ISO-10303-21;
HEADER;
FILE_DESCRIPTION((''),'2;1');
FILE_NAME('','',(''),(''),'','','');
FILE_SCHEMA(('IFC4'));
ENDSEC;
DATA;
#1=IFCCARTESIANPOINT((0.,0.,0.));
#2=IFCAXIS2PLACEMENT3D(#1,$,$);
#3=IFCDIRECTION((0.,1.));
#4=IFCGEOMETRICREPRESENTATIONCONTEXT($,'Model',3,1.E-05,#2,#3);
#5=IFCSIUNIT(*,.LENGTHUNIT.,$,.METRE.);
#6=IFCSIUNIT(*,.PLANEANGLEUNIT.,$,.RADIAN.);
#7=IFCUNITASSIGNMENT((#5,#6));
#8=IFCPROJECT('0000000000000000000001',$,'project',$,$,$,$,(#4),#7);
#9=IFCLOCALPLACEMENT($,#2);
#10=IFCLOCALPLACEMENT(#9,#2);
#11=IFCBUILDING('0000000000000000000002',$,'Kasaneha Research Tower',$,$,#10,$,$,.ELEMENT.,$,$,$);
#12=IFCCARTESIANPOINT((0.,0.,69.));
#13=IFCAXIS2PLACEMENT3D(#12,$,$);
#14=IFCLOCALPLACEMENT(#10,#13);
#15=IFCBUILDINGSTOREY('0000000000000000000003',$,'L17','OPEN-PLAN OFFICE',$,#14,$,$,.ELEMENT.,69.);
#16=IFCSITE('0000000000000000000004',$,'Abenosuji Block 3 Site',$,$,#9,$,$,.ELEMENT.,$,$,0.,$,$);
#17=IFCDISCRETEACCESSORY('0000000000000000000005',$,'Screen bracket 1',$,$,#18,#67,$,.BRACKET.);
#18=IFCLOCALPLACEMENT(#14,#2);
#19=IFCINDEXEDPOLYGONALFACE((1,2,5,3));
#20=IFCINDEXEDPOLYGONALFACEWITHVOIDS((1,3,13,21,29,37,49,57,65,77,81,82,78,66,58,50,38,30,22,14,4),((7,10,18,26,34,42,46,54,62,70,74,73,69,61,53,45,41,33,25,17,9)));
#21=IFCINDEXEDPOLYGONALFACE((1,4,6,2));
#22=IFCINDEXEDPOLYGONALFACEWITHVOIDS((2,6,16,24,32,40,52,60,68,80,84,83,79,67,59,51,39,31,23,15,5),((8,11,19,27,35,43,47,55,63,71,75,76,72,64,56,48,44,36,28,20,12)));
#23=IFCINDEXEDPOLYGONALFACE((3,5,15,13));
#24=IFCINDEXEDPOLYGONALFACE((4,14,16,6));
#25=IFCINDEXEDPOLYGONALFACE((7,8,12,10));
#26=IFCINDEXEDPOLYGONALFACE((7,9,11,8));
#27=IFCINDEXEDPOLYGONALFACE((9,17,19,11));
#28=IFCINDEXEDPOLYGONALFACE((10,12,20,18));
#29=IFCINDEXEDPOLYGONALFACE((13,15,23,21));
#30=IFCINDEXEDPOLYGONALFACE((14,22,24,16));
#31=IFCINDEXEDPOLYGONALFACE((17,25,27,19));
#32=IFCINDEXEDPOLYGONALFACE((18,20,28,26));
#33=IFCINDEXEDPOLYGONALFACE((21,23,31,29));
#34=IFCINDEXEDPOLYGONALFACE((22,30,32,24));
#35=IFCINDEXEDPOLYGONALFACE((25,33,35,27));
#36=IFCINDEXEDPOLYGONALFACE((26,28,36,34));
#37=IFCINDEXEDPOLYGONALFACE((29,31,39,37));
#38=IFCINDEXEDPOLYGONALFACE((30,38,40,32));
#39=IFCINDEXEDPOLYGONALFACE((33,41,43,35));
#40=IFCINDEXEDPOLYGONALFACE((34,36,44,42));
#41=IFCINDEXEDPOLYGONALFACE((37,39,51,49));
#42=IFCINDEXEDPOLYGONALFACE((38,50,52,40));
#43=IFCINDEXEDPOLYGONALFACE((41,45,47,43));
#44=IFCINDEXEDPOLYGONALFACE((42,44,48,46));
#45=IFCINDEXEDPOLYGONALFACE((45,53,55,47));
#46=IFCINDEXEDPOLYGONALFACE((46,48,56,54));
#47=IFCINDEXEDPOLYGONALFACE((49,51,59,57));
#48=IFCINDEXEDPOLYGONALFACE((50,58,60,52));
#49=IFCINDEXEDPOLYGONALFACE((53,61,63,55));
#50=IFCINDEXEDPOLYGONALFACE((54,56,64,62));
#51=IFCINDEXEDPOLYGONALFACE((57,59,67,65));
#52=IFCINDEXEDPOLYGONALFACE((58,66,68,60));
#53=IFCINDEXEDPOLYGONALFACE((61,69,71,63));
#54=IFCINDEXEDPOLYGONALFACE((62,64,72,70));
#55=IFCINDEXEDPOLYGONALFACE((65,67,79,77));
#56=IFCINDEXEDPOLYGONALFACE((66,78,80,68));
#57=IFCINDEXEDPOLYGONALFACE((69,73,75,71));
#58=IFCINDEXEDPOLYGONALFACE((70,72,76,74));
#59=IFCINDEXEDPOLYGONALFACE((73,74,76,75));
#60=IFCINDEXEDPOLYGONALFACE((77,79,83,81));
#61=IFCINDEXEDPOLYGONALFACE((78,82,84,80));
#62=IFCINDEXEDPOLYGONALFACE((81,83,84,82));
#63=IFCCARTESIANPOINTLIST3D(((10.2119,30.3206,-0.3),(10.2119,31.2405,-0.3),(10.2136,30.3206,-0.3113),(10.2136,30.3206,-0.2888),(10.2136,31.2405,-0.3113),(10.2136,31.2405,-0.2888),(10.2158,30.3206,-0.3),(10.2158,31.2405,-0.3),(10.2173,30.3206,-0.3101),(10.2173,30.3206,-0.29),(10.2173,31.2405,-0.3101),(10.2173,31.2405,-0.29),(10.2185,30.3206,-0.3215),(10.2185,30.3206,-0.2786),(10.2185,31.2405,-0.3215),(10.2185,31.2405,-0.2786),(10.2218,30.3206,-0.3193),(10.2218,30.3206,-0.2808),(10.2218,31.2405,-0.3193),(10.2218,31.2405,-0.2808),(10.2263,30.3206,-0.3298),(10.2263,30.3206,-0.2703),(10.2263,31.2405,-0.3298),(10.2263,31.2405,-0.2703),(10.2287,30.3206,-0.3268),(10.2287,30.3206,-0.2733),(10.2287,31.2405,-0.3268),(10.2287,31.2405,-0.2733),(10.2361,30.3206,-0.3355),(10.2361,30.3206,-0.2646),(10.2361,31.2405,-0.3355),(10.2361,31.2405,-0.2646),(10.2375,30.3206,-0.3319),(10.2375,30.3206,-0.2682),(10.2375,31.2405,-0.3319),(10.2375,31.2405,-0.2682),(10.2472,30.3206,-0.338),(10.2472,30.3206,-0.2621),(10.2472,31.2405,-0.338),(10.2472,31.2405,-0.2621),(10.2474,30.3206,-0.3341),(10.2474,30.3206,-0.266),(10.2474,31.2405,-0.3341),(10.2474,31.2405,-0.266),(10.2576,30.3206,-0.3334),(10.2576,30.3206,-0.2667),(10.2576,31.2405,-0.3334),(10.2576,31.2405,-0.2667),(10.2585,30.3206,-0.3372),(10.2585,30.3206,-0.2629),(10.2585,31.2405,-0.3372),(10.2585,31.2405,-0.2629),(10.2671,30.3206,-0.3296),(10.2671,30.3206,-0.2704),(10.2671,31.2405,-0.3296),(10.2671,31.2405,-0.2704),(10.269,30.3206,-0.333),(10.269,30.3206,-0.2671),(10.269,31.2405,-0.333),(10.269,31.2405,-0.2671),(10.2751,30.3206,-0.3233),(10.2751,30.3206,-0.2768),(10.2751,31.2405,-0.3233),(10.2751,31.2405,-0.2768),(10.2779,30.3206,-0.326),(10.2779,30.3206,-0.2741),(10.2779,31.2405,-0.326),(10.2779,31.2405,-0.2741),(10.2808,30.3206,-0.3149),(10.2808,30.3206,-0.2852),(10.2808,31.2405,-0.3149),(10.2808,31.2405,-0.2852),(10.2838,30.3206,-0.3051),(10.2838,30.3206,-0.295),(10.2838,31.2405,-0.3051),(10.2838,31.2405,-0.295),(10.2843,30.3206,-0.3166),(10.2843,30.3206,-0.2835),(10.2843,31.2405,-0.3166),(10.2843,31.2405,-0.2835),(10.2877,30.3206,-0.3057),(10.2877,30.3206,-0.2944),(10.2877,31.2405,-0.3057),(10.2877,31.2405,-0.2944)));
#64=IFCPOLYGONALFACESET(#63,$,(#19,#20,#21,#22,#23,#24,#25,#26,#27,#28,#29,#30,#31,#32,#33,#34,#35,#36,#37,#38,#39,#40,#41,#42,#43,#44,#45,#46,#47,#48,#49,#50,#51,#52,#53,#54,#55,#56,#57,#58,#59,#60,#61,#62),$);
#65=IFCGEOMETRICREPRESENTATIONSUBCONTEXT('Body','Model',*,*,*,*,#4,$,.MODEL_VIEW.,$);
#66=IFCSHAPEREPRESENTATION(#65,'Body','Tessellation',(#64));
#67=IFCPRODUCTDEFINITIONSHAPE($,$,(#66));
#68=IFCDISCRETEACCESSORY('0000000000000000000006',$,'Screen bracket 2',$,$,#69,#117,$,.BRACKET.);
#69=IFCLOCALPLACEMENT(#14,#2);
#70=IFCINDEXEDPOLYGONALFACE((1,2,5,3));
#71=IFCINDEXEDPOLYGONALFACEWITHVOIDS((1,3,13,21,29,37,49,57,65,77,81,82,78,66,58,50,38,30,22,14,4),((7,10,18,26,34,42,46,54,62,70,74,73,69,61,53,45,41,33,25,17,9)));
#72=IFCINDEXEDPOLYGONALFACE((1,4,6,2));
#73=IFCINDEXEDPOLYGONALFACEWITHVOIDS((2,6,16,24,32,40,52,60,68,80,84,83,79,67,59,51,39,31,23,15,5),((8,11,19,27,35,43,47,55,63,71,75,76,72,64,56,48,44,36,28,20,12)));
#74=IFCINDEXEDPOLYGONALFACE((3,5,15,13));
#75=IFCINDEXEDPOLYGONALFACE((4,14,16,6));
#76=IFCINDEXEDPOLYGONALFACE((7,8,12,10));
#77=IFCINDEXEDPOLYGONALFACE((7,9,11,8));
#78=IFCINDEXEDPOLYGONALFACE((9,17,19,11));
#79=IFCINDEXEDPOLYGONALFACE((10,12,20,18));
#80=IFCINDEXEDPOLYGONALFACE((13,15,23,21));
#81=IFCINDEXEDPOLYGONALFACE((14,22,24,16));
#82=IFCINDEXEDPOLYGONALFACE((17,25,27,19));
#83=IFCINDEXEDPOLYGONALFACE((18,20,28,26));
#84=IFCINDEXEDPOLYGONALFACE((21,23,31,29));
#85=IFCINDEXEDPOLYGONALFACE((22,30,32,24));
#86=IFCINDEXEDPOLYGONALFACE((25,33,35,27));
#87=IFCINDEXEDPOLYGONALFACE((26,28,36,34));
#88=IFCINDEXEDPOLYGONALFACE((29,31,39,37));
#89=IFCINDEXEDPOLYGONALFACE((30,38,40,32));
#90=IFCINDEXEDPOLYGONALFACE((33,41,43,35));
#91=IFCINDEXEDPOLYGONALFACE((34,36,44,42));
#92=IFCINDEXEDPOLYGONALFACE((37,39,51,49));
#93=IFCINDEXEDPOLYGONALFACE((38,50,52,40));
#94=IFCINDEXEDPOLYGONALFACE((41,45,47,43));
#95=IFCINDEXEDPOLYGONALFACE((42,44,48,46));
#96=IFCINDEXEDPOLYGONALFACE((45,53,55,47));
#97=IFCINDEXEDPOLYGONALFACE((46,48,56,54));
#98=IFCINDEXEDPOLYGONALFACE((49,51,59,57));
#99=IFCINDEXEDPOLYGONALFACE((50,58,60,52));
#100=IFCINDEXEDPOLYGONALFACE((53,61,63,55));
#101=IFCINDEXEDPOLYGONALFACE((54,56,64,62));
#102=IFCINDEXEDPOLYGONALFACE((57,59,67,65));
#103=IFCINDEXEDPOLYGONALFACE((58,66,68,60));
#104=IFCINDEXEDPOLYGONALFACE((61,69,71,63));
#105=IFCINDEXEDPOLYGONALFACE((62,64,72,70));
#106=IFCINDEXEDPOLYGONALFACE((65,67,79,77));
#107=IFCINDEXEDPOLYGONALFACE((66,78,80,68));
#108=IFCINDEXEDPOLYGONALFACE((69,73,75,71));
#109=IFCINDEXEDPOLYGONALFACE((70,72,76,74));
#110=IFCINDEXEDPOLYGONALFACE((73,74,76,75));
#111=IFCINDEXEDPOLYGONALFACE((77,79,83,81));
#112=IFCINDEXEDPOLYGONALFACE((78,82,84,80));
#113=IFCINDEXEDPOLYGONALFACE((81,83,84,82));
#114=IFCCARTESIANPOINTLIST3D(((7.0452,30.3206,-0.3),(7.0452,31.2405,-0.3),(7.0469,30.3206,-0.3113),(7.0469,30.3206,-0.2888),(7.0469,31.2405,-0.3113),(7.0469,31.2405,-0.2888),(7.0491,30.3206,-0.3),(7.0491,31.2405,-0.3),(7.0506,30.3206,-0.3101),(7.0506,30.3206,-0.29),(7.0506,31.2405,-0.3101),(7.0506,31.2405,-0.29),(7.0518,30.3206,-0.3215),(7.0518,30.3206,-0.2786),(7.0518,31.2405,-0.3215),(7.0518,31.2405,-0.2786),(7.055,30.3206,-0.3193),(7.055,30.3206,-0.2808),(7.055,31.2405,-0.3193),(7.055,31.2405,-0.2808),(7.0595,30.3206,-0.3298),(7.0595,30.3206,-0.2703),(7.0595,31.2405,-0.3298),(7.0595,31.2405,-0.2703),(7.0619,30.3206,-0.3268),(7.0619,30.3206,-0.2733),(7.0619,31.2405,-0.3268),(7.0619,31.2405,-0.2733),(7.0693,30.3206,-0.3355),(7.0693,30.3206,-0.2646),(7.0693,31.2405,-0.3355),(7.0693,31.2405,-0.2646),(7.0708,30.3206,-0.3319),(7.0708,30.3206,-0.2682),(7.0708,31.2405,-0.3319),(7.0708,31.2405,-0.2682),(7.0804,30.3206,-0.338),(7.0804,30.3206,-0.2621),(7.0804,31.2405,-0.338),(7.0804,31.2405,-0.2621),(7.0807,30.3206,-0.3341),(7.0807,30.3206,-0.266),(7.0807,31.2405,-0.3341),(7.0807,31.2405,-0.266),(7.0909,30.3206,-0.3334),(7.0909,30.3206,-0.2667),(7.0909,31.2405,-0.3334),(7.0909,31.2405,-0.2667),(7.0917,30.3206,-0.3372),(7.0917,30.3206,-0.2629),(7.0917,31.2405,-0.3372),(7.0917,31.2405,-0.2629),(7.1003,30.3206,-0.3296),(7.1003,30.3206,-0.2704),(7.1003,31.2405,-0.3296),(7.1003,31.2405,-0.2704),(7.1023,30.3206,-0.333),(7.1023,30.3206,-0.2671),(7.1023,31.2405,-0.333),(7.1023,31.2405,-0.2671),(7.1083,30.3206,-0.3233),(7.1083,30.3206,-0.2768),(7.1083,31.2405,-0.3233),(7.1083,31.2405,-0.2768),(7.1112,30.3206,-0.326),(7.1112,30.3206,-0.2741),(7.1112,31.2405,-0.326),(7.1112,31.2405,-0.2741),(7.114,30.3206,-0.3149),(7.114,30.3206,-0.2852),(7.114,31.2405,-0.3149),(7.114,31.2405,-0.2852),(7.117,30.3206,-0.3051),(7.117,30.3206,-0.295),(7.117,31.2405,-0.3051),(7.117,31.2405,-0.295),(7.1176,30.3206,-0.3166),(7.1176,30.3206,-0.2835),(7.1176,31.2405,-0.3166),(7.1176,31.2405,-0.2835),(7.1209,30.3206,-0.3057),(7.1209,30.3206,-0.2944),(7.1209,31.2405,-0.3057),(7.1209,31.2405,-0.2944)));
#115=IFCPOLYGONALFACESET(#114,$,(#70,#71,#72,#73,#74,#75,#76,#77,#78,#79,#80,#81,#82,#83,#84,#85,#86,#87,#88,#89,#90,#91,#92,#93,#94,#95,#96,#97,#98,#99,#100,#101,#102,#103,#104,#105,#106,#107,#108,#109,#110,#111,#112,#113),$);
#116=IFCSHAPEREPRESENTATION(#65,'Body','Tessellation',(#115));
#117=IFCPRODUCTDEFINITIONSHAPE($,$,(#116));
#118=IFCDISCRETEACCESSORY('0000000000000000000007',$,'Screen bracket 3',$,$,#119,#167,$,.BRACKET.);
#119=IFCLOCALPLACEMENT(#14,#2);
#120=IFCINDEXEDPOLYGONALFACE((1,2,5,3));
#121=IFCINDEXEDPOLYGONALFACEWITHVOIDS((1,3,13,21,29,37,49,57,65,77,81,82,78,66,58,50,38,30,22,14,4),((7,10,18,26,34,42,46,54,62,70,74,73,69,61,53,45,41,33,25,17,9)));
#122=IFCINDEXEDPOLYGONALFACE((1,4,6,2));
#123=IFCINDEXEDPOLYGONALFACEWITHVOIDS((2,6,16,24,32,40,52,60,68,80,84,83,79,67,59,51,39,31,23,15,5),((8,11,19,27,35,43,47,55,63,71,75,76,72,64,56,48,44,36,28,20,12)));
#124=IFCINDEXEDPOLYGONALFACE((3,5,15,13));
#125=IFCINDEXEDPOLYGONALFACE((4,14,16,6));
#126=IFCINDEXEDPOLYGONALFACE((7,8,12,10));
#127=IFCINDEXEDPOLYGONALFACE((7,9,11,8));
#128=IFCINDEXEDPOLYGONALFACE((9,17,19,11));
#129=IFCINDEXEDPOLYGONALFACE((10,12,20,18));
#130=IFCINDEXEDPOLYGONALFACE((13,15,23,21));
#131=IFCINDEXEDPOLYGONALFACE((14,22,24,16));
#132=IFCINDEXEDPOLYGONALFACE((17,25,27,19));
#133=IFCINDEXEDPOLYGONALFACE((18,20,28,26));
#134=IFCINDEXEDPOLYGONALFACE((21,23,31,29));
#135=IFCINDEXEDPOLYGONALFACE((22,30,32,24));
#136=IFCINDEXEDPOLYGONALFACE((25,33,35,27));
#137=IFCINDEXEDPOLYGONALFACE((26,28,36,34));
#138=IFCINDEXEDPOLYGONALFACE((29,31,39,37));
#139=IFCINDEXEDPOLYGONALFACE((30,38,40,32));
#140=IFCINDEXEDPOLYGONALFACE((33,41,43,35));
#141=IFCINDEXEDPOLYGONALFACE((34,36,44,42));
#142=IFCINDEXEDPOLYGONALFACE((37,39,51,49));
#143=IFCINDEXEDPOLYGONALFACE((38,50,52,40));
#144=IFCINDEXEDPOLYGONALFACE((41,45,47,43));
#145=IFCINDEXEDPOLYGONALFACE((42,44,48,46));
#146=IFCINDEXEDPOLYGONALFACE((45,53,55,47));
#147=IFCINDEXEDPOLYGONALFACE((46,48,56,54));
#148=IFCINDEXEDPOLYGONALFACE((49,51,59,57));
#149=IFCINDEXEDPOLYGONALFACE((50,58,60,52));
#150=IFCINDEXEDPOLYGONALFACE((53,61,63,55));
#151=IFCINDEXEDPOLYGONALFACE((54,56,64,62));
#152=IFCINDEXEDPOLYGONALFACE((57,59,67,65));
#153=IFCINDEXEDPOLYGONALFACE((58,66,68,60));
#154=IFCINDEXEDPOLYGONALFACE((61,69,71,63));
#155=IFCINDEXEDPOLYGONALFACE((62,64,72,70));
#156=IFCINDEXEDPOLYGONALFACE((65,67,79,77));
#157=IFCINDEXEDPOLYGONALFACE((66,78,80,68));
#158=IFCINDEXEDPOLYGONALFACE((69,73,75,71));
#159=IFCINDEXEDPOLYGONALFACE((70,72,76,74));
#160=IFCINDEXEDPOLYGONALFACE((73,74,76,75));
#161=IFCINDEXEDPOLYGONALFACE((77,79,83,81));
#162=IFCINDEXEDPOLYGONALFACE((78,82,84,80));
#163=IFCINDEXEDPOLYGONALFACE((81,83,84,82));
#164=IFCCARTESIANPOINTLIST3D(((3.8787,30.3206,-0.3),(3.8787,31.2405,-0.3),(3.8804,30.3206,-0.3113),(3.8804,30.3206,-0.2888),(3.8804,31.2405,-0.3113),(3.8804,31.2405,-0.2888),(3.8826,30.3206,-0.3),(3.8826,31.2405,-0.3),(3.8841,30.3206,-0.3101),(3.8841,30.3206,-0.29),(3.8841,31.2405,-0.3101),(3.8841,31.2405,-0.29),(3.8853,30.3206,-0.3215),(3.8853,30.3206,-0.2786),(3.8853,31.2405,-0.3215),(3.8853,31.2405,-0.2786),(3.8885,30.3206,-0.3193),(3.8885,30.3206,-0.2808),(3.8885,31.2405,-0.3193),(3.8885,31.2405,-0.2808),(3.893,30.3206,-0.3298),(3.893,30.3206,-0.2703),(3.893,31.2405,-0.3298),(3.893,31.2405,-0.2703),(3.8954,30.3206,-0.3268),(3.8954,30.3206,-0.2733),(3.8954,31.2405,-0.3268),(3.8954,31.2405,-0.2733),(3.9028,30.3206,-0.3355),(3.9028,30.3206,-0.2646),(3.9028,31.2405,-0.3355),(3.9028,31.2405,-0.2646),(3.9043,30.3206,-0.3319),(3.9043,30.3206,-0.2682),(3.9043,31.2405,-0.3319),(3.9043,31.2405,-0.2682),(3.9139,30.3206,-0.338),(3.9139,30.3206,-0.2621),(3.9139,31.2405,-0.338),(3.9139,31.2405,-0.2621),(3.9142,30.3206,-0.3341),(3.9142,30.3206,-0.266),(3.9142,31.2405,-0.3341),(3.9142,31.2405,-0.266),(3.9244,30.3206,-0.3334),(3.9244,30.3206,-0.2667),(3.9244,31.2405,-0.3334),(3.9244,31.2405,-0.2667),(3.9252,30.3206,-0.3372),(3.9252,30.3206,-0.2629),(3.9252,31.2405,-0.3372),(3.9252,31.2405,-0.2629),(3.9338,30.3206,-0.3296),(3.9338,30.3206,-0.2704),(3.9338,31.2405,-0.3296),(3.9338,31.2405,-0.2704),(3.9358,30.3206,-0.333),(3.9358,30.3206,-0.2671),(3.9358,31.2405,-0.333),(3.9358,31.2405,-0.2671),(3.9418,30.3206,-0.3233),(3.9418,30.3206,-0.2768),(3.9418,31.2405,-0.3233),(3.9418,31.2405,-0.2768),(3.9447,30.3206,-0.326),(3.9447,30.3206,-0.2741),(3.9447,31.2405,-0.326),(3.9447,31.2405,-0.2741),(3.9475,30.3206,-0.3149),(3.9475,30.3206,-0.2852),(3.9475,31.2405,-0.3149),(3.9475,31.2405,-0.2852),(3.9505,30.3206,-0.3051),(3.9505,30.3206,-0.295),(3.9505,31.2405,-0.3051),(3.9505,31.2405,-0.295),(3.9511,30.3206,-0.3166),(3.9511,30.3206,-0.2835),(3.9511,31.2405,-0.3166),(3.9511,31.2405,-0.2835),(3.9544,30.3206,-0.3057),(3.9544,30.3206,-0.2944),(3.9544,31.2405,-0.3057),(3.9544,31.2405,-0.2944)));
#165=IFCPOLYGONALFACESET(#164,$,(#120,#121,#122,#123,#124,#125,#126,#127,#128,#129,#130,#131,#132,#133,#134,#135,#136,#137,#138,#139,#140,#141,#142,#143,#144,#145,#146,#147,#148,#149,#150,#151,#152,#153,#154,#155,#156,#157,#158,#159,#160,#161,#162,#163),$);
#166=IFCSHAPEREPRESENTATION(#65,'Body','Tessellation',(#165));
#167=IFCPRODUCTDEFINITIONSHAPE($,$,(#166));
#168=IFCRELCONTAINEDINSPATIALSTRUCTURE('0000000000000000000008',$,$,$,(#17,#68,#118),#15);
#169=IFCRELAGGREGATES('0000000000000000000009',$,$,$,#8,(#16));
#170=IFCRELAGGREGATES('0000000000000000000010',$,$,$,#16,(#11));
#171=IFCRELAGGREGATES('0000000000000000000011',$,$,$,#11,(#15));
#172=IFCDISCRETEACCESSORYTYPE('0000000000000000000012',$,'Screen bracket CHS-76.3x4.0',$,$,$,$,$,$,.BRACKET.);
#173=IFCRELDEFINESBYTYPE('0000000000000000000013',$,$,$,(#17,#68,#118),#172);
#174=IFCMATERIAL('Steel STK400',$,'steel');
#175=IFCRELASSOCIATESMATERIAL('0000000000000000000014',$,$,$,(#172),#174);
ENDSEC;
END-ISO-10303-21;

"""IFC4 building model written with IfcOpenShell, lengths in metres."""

from ifc_helpers import new_model, si_unit, direction, frame, origin, origin_2d, place, context, subcontext, project, spatial, hollow_circle, extrude, material, material_profile, profile_set, type_object, element, save


model = new_model("IFC4")

# Units and contexts
model_context = context("Model", 3, precision=1e-05, world=origin(), true_north=direction((0.0, 1.0)))
body_context = subcontext(model_context, "Body", "Model", "MODEL_VIEW")
ifc_project = project(units=[si_unit("LENGTHUNIT", "METRE"), si_unit("PLANEANGLEUNIT", "RADIAN")], contexts=[model_context])

# Site, building, storey
site_placement = place(None, origin())
site = spatial("IfcSite", under=ifc_project, at=site_placement, Name="Abenosuji Block 3 Site", CompositionType="ELEMENT", RefElevation=0.0)
building_placement = place(site_placement, origin())
building = spatial("IfcBuilding", under=site, at=building_placement, Name="Kasaneha Research Tower", CompositionType="ELEMENT")
storey_placement = place(building_placement, frame((0.0, 0.0, 69.0)))
storey = spatial("IfcBuildingStorey", under=building, at=storey_placement, Name="L17", Description="OPEN-PLAN OFFICE", CompositionType="ELEMENT", Elevation=69.0)

# Discrete accessories
ifc_material_1 = material(Name="Steel STK400", Category="steel")
ifc_material_profile_1 = material_profile(ifc_material_1, hollow_circle(Radius=0.0381, WallThickness=0.0039, at=origin_2d()), Name="CHS-76.3x4.0")
ifc_profile_set_1 = profile_set([ifc_material_profile_1], Name="Steel STK400")
discrete_accessory_type = type_object("IfcDiscreteAccessoryType", Name="Screen bracket CHS-76.3x4.0", PredefinedType="BRACKET", material=ifc_profile_set_1)
for number, where, z_axis, x_axis, name in (
    (1, (10.25, 30.3206, -0.3), (0.0, 1.0, 0.0), (-1.0, 0.0, 0.0), "Screen bracket 1"),
    (2, (7.0833, 30.3206, -0.3), (0.0, 1.0, 0.0), (-1.0, 0.0, 0.0), "Screen bracket 2"),
    (3, (3.9167, 30.3206, -0.3), (0.0, 1.0, 0.0), (-1.0, 0.0, 0.0), "Screen bracket 3"),
):
    element("IfcDiscreteAccessory", number, at=place(storey_placement, frame(where, z_axis=z_axis, x_axis=x_axis)), inside=storey, type_object=discrete_accessory_type, Name=name, PredefinedType="BRACKET", context=body_context, shape_type="SweptSolid", body=[
        extrude(hollow_circle(Radius=0.0381, WallThickness=0.0039, at=origin_2d()), origin(), (0.0, 0.0, 1.0), 0.9199),
    ])

save(model, "model.ifc")
